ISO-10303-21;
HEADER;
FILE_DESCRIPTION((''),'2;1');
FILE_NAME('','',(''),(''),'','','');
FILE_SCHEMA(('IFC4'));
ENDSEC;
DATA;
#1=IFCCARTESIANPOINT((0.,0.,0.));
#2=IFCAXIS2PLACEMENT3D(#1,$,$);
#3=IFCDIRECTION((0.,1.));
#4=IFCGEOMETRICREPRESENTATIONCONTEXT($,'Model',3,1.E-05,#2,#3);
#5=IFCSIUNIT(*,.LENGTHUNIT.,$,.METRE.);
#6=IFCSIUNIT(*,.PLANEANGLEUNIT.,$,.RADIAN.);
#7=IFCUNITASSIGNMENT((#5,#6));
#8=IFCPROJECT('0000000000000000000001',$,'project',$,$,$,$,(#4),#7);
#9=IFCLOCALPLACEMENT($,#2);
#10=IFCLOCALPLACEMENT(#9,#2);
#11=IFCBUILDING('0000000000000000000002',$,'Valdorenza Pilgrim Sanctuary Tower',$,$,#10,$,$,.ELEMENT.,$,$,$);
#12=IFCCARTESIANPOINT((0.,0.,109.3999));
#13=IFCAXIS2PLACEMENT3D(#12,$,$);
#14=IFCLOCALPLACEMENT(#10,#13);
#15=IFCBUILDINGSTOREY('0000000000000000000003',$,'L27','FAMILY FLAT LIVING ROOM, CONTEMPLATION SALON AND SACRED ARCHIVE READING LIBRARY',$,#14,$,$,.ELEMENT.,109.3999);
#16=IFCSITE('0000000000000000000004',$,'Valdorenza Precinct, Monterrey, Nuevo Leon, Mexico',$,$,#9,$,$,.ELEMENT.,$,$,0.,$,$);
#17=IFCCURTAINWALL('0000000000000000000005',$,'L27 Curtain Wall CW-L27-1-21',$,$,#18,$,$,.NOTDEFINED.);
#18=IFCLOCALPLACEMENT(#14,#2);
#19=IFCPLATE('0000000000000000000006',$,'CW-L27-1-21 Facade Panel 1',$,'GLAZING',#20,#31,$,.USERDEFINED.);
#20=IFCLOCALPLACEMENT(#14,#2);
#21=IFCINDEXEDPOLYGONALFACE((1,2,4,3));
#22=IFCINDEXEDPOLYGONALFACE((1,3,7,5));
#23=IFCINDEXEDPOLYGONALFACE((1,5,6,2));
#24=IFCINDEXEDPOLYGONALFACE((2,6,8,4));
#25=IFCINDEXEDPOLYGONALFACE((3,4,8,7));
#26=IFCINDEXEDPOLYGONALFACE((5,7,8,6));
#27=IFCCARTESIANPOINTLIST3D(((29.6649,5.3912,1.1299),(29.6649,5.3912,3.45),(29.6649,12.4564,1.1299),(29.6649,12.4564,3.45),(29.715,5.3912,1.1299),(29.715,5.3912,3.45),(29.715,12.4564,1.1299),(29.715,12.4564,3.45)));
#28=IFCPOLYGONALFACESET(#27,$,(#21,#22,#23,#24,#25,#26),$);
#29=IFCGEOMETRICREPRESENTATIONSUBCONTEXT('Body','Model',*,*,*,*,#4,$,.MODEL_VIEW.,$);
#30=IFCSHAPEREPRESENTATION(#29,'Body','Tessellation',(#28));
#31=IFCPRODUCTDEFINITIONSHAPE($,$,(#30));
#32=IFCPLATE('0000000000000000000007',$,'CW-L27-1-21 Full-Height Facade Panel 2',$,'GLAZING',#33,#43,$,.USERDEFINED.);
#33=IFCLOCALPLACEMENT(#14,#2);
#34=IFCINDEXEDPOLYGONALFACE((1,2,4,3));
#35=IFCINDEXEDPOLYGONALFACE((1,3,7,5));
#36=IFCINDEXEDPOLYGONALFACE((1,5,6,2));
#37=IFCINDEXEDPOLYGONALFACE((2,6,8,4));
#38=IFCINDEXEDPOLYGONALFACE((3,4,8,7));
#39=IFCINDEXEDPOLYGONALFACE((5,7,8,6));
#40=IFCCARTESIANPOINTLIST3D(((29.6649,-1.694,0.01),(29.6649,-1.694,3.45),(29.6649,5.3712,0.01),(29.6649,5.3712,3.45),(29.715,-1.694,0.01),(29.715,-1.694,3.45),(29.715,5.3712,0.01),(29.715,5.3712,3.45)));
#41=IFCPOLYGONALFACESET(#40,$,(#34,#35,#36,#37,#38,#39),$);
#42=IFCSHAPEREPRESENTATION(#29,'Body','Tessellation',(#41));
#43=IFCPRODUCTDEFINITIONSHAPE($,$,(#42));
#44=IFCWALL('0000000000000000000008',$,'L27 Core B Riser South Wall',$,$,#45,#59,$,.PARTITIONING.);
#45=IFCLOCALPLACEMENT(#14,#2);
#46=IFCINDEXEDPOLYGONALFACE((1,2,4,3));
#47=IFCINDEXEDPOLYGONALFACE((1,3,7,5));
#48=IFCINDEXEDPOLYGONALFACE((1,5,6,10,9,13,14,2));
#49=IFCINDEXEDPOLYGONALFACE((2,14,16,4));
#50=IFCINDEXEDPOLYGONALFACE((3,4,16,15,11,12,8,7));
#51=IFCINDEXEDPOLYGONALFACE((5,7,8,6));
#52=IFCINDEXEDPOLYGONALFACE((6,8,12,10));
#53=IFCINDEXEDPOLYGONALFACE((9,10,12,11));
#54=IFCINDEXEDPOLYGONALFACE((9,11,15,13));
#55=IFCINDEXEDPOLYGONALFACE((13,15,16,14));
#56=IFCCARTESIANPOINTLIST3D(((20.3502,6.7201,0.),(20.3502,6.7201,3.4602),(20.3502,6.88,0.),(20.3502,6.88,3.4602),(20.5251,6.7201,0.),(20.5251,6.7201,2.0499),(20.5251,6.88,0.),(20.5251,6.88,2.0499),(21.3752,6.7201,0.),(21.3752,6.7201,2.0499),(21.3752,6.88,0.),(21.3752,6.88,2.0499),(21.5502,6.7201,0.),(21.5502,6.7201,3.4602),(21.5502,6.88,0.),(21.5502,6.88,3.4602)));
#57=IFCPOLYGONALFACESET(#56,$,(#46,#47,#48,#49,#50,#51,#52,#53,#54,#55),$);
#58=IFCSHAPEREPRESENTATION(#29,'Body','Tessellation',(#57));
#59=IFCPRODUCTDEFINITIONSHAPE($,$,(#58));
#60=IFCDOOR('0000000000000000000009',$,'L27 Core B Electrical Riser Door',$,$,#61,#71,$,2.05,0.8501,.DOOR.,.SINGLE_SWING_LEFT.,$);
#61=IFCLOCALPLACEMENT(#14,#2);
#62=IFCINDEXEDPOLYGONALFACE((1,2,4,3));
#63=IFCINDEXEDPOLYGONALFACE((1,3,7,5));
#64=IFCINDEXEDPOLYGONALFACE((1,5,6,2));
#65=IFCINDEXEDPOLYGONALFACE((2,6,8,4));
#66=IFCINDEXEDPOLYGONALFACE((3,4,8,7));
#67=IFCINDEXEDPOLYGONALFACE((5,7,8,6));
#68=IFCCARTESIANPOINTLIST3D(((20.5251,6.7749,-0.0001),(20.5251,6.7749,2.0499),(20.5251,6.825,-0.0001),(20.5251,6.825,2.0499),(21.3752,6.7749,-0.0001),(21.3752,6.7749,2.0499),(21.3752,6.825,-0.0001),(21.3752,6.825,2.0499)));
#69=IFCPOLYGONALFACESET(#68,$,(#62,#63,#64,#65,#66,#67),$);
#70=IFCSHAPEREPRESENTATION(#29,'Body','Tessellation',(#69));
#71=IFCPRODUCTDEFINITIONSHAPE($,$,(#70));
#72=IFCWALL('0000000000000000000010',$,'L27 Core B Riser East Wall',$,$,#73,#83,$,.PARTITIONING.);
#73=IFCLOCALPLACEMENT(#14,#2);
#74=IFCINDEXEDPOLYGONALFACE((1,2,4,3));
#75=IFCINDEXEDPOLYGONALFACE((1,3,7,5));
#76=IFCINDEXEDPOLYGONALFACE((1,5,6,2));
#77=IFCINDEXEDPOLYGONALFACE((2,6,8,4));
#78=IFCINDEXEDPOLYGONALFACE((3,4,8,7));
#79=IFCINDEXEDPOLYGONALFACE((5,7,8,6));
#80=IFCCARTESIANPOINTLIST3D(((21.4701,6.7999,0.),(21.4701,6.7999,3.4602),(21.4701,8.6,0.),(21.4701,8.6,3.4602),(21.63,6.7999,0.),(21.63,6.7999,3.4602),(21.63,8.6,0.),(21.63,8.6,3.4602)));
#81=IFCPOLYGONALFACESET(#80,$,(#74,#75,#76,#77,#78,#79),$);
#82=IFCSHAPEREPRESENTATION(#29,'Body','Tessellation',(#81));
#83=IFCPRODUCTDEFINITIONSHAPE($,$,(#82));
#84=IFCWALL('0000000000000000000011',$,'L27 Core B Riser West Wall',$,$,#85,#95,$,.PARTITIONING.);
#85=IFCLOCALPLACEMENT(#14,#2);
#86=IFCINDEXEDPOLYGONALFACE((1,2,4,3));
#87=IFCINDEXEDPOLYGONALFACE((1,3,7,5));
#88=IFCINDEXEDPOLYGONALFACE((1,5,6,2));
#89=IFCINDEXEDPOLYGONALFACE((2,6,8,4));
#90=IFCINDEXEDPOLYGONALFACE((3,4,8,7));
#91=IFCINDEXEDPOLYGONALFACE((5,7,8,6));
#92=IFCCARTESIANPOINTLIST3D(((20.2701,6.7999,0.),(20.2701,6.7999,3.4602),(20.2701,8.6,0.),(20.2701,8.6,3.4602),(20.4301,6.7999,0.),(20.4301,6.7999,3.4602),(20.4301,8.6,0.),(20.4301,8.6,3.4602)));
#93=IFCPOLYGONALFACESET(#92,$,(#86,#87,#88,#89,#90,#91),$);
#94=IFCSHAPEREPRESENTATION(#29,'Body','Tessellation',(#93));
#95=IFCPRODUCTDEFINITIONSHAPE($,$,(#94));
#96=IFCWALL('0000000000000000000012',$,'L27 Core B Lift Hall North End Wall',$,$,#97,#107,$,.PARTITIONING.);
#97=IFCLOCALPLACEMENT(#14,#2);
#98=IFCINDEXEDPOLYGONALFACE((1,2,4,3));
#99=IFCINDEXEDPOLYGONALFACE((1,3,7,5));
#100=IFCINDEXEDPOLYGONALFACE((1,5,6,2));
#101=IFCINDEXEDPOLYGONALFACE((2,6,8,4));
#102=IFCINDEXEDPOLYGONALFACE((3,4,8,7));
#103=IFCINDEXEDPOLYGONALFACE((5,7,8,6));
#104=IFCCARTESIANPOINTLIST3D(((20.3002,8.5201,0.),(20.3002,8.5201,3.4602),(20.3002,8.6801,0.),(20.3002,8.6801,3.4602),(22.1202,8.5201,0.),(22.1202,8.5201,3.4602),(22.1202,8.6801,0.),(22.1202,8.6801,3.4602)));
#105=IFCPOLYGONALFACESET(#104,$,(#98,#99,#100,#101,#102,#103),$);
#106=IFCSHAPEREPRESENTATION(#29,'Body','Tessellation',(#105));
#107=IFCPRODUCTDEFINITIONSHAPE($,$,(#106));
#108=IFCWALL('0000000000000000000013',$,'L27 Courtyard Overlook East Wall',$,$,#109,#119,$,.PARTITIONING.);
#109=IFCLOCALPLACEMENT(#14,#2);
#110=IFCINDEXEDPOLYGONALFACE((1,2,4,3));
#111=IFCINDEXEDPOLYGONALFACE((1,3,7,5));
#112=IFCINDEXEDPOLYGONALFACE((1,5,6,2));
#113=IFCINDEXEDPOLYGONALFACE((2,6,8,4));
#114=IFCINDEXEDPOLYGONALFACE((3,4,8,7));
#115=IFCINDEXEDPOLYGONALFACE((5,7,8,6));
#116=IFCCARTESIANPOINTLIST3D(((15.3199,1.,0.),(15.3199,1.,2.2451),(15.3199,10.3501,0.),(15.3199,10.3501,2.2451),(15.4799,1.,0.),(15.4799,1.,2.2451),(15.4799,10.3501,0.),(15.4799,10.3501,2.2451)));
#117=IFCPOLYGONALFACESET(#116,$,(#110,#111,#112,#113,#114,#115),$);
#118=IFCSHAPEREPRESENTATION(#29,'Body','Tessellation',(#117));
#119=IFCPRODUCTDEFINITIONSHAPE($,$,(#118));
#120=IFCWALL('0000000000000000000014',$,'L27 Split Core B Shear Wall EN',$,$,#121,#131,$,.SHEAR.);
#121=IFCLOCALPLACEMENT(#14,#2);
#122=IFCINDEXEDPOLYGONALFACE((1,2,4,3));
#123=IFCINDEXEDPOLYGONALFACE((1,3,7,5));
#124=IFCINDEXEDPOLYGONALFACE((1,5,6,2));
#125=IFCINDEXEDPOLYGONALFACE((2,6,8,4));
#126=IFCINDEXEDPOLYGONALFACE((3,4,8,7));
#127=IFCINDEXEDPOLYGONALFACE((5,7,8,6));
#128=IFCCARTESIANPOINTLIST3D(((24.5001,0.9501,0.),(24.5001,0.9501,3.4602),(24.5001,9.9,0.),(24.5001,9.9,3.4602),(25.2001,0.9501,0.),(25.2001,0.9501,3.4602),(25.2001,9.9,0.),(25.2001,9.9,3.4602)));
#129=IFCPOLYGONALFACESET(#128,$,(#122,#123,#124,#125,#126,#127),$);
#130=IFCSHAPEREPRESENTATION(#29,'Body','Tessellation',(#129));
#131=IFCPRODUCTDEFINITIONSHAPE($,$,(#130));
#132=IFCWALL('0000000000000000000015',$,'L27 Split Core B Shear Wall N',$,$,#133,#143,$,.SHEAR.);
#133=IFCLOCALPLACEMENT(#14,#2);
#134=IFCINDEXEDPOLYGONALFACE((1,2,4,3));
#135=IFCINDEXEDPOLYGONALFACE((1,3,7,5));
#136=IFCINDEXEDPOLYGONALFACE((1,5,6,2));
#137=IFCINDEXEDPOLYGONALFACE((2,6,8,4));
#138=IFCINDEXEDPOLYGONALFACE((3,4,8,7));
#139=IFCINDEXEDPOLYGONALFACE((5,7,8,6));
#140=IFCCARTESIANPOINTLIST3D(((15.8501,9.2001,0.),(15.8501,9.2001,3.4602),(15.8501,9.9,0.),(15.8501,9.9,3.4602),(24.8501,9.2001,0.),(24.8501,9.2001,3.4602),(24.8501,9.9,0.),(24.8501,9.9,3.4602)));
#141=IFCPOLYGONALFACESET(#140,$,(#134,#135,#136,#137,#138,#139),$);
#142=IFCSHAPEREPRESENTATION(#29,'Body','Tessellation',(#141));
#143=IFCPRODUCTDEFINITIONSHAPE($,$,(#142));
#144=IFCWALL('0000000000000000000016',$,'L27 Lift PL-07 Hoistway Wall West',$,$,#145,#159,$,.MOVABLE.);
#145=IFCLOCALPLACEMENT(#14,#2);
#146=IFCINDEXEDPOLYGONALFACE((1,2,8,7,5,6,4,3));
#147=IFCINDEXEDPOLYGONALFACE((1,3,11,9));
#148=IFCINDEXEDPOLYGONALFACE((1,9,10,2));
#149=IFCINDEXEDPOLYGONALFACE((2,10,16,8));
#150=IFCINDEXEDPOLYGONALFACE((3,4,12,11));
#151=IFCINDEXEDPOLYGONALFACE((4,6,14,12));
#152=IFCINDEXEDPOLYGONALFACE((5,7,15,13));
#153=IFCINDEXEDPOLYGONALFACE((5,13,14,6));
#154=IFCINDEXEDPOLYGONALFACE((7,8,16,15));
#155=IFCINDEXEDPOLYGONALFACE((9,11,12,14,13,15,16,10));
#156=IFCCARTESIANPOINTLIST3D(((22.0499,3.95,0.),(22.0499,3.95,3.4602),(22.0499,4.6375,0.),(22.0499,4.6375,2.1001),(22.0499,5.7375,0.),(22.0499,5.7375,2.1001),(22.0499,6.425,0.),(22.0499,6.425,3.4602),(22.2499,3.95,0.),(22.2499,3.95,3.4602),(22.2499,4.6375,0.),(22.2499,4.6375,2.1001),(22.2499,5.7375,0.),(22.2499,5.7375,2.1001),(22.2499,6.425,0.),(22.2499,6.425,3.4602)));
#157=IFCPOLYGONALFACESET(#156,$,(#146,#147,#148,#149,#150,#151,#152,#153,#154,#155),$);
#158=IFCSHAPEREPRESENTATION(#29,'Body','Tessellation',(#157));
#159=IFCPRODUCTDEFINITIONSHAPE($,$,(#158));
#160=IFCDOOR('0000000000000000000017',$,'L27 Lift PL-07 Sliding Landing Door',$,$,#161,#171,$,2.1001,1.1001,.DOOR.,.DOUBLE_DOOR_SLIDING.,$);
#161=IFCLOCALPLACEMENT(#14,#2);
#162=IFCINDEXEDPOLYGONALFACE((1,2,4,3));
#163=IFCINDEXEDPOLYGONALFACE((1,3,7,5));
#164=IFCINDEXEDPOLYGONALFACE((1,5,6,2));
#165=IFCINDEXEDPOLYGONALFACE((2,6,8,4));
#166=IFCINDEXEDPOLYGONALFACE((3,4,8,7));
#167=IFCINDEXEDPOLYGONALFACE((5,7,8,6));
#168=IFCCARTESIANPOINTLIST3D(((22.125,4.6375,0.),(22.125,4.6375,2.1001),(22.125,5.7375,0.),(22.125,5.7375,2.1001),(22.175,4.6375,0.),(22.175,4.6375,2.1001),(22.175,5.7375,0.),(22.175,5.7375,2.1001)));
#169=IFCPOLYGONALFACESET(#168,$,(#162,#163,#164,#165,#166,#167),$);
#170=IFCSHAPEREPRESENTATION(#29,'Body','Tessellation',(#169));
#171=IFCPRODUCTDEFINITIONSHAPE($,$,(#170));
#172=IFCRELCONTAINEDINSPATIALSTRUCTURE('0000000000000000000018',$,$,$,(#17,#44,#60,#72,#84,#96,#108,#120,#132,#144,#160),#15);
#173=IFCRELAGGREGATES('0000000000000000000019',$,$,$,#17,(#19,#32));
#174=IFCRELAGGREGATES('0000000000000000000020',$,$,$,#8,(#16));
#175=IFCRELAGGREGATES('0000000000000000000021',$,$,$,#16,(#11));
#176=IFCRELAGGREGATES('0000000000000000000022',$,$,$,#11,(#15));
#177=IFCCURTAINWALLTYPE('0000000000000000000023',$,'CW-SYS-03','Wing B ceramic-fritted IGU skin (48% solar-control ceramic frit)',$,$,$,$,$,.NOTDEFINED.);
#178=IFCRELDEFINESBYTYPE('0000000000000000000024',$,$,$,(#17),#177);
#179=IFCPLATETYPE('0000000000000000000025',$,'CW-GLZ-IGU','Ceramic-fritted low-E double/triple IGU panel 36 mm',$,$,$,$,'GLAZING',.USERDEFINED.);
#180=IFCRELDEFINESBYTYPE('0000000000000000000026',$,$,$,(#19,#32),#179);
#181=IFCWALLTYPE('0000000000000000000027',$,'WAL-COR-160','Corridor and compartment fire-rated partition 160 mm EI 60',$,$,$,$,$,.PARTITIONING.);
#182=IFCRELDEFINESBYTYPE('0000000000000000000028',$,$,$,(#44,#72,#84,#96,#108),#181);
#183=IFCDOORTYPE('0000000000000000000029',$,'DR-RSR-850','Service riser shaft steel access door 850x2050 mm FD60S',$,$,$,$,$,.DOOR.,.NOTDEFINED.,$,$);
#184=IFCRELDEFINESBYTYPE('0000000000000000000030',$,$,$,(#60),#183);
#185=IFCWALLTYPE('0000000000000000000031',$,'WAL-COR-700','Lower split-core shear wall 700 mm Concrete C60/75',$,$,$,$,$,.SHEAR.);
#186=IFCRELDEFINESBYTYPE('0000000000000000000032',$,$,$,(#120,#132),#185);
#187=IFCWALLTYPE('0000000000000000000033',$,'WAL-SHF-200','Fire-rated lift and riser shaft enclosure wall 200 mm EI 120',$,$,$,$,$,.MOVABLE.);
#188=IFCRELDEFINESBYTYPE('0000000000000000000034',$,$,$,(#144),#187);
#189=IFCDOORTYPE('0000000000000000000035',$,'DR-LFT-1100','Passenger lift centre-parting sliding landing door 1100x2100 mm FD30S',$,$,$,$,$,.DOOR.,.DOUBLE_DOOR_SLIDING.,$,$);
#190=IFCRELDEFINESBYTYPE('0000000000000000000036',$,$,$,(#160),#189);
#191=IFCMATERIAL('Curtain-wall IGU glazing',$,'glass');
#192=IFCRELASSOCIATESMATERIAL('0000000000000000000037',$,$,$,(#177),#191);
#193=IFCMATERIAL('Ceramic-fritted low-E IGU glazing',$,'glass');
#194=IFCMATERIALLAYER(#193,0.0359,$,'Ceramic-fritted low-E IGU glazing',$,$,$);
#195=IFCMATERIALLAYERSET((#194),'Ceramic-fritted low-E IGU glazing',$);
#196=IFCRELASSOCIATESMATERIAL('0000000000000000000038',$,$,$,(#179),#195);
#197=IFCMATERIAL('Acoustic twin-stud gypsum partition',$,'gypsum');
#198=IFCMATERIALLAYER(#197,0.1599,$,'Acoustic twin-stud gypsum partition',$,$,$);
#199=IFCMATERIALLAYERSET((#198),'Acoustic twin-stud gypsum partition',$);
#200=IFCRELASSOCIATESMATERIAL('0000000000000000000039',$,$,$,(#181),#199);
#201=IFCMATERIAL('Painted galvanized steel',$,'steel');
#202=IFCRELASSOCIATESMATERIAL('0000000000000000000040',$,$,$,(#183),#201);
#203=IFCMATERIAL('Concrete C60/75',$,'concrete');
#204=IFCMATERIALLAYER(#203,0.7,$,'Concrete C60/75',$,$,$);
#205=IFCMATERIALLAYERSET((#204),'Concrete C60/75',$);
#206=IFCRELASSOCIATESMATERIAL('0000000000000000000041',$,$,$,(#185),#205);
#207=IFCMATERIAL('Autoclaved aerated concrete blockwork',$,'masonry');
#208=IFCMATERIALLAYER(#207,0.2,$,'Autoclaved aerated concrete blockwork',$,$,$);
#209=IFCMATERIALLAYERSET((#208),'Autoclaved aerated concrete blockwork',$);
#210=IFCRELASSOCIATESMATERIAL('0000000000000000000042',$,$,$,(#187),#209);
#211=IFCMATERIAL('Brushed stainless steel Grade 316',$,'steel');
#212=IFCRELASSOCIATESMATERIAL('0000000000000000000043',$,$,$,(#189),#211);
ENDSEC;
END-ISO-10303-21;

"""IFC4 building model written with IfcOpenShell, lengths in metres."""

from ifc_helpers import new_model, si_unit, direction, frame, frame_2d, origin, origin_2d, place, context, subcontext, project, spatial, rectangle, extrude, source, transform, mapped, material, layer, layer_set, type_object, element, fill, aggregate, save


model = new_model("IFC4")

# Units and contexts
model_context = context("Model", 3, precision=1e-05, world=origin(), true_north=direction((0.0, 1.0)))
body_context = subcontext(model_context, "Body", "Model", "MODEL_VIEW")
ifc_project = project(units=[si_unit("LENGTHUNIT", "METRE"), si_unit("PLANEANGLEUNIT", "RADIAN")], contexts=[model_context])

# Site, building, storey
site_placement = place(None, origin())
site = spatial("IfcSite", under=ifc_project, at=site_placement, Name="Valdorenza Precinct, Monterrey, Nuevo Leon, Mexico", CompositionType="ELEMENT", RefElevation=0.0)
building_placement = place(site_placement, origin())
building = spatial("IfcBuilding", under=site, at=building_placement, Name="Valdorenza Pilgrim Sanctuary Tower", CompositionType="ELEMENT")
storey_placement = place(building_placement, frame((0.0, 0.0, 109.3999)))
storey = spatial("IfcBuildingStorey", under=building, at=storey_placement, Name="L27", Description="FAMILY FLAT LIVING ROOM, CONTEMPLATION SALON AND SACRED ARCHIVE READING LIBRARY", CompositionType="ELEMENT", Elevation=109.3999)

# Curtain wall, plates
ifc_material_1 = material(Name="Curtain-wall IGU glazing", Category="glass")
curtain_wall_type = type_object("IfcCurtainWallType", Name="CW-SYS-03", Description="Wing B ceramic-fritted IGU skin (48% solar-control ceramic frit)", PredefinedType="NOTDEFINED", material=ifc_material_1)
curtain_wall_placement = place(storey_placement, origin())
curtain_wall = element("IfcCurtainWall", 1, at=curtain_wall_placement, inside=storey, type_object=curtain_wall_type, Name="L27 Curtain Wall CW-L27-1-21", PredefinedType="NOTDEFINED")
ifc_material_2 = material(Name="Ceramic-fritted low-E IGU glazing", Category="glass")
ifc_layer_1 = layer(ifc_material_2, 0.0359, Name="Ceramic-fritted low-E IGU glazing")
ifc_layer_set_1 = layer_set([ifc_layer_1], Name="Ceramic-fritted low-E IGU glazing")
plate_type_1 = type_object("IfcPlateType", Name="CW-GLZ-IGU", Description="Ceramic-fritted low-E double/triple IGU panel 36 mm", ElementType="GLAZING", PredefinedType="USERDEFINED", material=ifc_layer_set_1)
shared_shape_1 = source(origin(), body_context, "Body", "SweptSolid", [
    extrude(rectangle(XDim=7.0652, YDim=0.05, at=origin_2d()), origin(), (0.0, 0.0, 1.0), 2.3201),
])
plate_1_placement = place(storey_placement, frame((29.6899, 8.9238, 1.1299), z_axis=(0.0, 0.0, 1.0), x_axis=(0.0, -1.0, 0.0)))
plate_1 = element("IfcPlate", 2, at=plate_1_placement, type_object=plate_type_1, Name="CW-L27-1-21 Facade Panel 1", ObjectType="GLAZING", PredefinedType="USERDEFINED", context=body_context, shape_type="MappedRepresentation", body=[
    mapped(shared_shape_1, transform((0.0, 0.0, 0.0), x_axis=(1.0, 0.0, 0.0), y_axis=(0.0, 1.0, 0.0), z_axis=(0.0, 0.0, 1.0), scale=1.0)),
])
shared_shape_2 = source(origin(), body_context, "Body", "SweptSolid", [
    extrude(rectangle(XDim=7.0652, YDim=0.05, at=origin_2d()), origin(), (0.0, 0.0, 1.0), 3.4399),
])
plate_2_placement = place(storey_placement, frame((29.6899, 1.8386, 0.01), z_axis=(0.0, 0.0, 1.0), x_axis=(0.0, -1.0, 0.0)))
plate_2 = element("IfcPlate", 3, at=plate_2_placement, type_object=plate_type_1, Name="CW-L27-1-21 Full-Height Facade Panel 2", ObjectType="GLAZING", PredefinedType="USERDEFINED", context=body_context, shape_type="MappedRepresentation", body=[
    mapped(shared_shape_2, transform((0.0, 0.0, 0.0), x_axis=(1.0, 0.0, 0.0), y_axis=(0.0, 1.0, 0.0), z_axis=(0.0, 0.0, 1.0), scale=1.0)),
])
aggregate(curtain_wall, [plate_1, plate_2])

# Wall, opening, door
ifc_material_3 = material(Name="Acoustic twin-stud gypsum partition", Category="gypsum")
ifc_layer_2 = layer(ifc_material_3, 0.1599, Name="Acoustic twin-stud gypsum partition")
ifc_layer_set_2 = layer_set([ifc_layer_2], Name="Acoustic twin-stud gypsum partition")
wall_type_1 = type_object("IfcWallType", Name="WAL-COR-160", Description="Corridor and compartment fire-rated partition 160 mm EI 60", PredefinedType="PARTITIONING", material=ifc_layer_set_2)
wall_1_placement = place(storey_placement, frame((20.3501, 6.8, 0.0), z_axis=(0.0, 0.0, 1.0), x_axis=(1.0, 0.0, 0.0)))
wall_1 = element("IfcWall", 4, at=wall_1_placement, inside=storey, type_object=wall_type_1, Name="L27 Core B Riser South Wall", PredefinedType="PARTITIONING", context=body_context, shape_type="SweptSolid", body=[
    extrude(rectangle(XDim=1.2, YDim=0.1599, at=frame_2d((0.6001, 0.0))), origin(), (0.0, 0.0, 1.0), 3.4602),
])
opening_1_placement = place(wall_1_placement, frame((0.175, 0.0, 0.0)))
opening_1 = element("IfcOpeningElement", 5, at=opening_1_placement, cuts=wall_1, PredefinedType="OPENING", context=body_context, shape_type="SweptSolid", body=[
    extrude(rectangle(XDim=0.8501, YDim=2.05, at=frame_2d((0.425, 1.0249))), frame((0.0, 0.0947, 0.0), z_axis=(0.0, -1.0, 0.0), x_axis=(1.0, 0.0, 0.0)), (0.0, 0.0, 1.0), 0.1897),
])
ifc_material_4 = material(Name="Painted galvanized steel", Category="steel")
door_type_1 = type_object("IfcDoorType", Name="DR-RSR-850", Description="Service riser shaft steel access door 850x2050 mm FD60S", OperationType="NOTDEFINED", PredefinedType="DOOR", material=ifc_material_4)
door_1_placement = place(opening_1_placement, origin())
door_1 = element("IfcDoor", 6, at=door_1_placement, inside=storey, type_object=door_type_1, Name="L27 Core B Electrical Riser Door", OperationType="SINGLE_SWING_LEFT", OverallHeight=2.05, OverallWidth=0.8501, PredefinedType="DOOR", context=body_context, shape_type="SweptSolid", body=[
    extrude(rectangle(XDim=0.8501, YDim=2.05, at=frame_2d((0.425, 1.0249))), frame((0.0, 0.0249, 0.0), z_axis=(0.0, -1.0, 0.0), x_axis=(1.0, 0.0, 0.0)), (0.0, 0.0, 1.0), 0.05),
])
fill(opening_1, door_1)

# Walls
for number, where, z_axis, x_axis, name in (
    (7, (21.55, 6.8, 0.0), (0.0, 0.0, 1.0), (0.0, 1.0, 0.0), "L27 Core B Riser East Wall"),
    (8, (20.3501, 6.8, 0.0), (0.0, 0.0, 1.0), (0.0, 1.0, 0.0), "L27 Core B Riser West Wall"),
):
    element("IfcWall", number, at=place(storey_placement, frame(where, z_axis=z_axis, x_axis=x_axis)), inside=storey, type_object=wall_type_1, Name=name, PredefinedType="PARTITIONING", context=body_context, shape_type="SweptSolid", body=[
        extrude(rectangle(XDim=1.8, YDim=0.1599, at=frame_2d((0.8999, 0.0))), origin(), (0.0, 0.0, 1.0), 3.4602),
    ])
wall_2_placement = place(storey_placement, frame((20.3, 8.6001, 0.0), z_axis=(0.0, 0.0, 1.0), x_axis=(1.0, 0.0, 0.0)))
element("IfcWall", 9, at=wall_2_placement, inside=storey, type_object=wall_type_1, Name="L27 Core B Lift Hall North End Wall", PredefinedType="PARTITIONING", context=body_context, shape_type="SweptSolid", body=[
    extrude(rectangle(XDim=1.8201, YDim=0.1599, at=frame_2d((0.9102, 0.0))), origin(), (0.0, 0.0, 1.0), 3.4602),
])
wall_3_placement = place(storey_placement, frame((15.3999, 1.0, 0.0), z_axis=(0.0, 0.0, 1.0), x_axis=(0.0, 1.0, 0.0)))
element("IfcWall", 10, at=wall_3_placement, inside=storey, type_object=wall_type_1, Name="L27 Courtyard Overlook East Wall", PredefinedType="PARTITIONING", context=body_context, shape_type="SweptSolid", body=[
    extrude(rectangle(XDim=9.3501, YDim=0.1599, at=frame_2d((4.675, 0.0))), origin(), (0.0, 0.0, 1.0), 2.2451),
])
ifc_material_5 = material(Name="Concrete C60/75", Category="concrete")
ifc_layer_3 = layer(ifc_material_5, 0.7, Name="Concrete C60/75")
ifc_layer_set_3 = layer_set([ifc_layer_3], Name="Concrete C60/75")
wall_type_2 = type_object("IfcWallType", Name="WAL-COR-700", Description="Lower split-core shear wall 700 mm Concrete C60/75", PredefinedType="SHEAR", material=ifc_layer_set_3)
wall_4_placement = place(storey_placement, frame((24.8501, 0.95, 0.0), z_axis=(0.0, 0.0, 1.0), x_axis=(0.0, 1.0, 0.0)))
element("IfcWall", 11, at=wall_4_placement, inside=storey, type_object=wall_type_2, Name="L27 Split Core B Shear Wall EN", PredefinedType="SHEAR", context=body_context, shape_type="SweptSolid", body=[
    extrude(rectangle(XDim=8.95, YDim=0.7, at=frame_2d((4.4751, 0.0))), origin(), (0.0, 0.0, 1.0), 3.4602),
])
wall_5_placement = place(storey_placement, frame((15.8501, 9.55, 0.0), z_axis=(0.0, 0.0, 1.0), x_axis=(1.0, 0.0, 0.0)))
element("IfcWall", 12, at=wall_5_placement, inside=storey, type_object=wall_type_2, Name="L27 Split Core B Shear Wall N", PredefinedType="SHEAR", context=body_context, shape_type="SweptSolid", body=[
    extrude(rectangle(XDim=9.0, YDim=0.7, at=frame_2d((4.5, 0.0))), origin(), (0.0, 0.0, 1.0), 3.4602),
])

# Wall, opening, door
ifc_material_6 = material(Name="Autoclaved aerated concrete blockwork", Category="masonry")
ifc_layer_4 = layer(ifc_material_6, 0.2, Name="Autoclaved aerated concrete blockwork")
ifc_layer_set_4 = layer_set([ifc_layer_4], Name="Autoclaved aerated concrete blockwork")
wall_type_3 = type_object("IfcWallType", Name="WAL-SHF-200", Description="Fire-rated lift and riser shaft enclosure wall 200 mm EI 120", PredefinedType="MOVABLE", material=ifc_layer_set_4)
wall_6_placement = place(storey_placement, frame((22.1499, 3.95, 0.0), z_axis=(0.0, 0.0, 1.0), x_axis=(0.0, 1.0, 0.0)))
wall_6 = element("IfcWall", 13, at=wall_6_placement, inside=storey, type_object=wall_type_3, Name="L27 Lift PL-07 Hoistway Wall West", PredefinedType="MOVABLE", context=body_context, shape_type="SweptSolid", body=[
    extrude(rectangle(XDim=2.4751, YDim=0.2, at=frame_2d((1.2375, 0.0))), origin(), (0.0, 0.0, 1.0), 3.4602),
])
opening_2_placement = place(wall_6_placement, frame((0.6875, 0.0, 0.0)))
opening_2 = element("IfcOpeningElement", 14, at=opening_2_placement, cuts=wall_6, PredefinedType="OPENING", context=body_context, shape_type="SweptSolid", body=[
    extrude(rectangle(XDim=1.1001, YDim=2.1001, at=frame_2d((0.55, 1.05))), frame((0.0, 0.1147, 0.0), z_axis=(0.0, -1.0, 0.0), x_axis=(1.0, 0.0, 0.0)), (0.0, 0.0, 1.0), 0.2297),
])
ifc_material_7 = material(Name="Brushed stainless steel Grade 316", Category="steel")
door_type_2 = type_object("IfcDoorType", Name="DR-LFT-1100", Description="Passenger lift centre-parting sliding landing door 1100x2100 mm FD30S", OperationType="DOUBLE_DOOR_SLIDING", PredefinedType="DOOR", material=ifc_material_7)
door_2_placement = place(opening_2_placement, origin())
door_2 = element("IfcDoor", 15, at=door_2_placement, inside=storey, type_object=door_type_2, Name="L27 Lift PL-07 Sliding Landing Door", OperationType="DOUBLE_DOOR_SLIDING", OverallHeight=2.1001, OverallWidth=1.1001, PredefinedType="DOOR", context=body_context, shape_type="SweptSolid", body=[
    extrude(rectangle(XDim=1.1001, YDim=2.1001, at=frame_2d((0.55, 1.05))), frame((0.0, 0.0249, 0.0), z_axis=(0.0, -1.0, 0.0), x_axis=(1.0, 0.0, 0.0)), (0.0, 0.0, 1.0), 0.05),
])
fill(opening_2, door_2)

save(model, "model.ifc")
